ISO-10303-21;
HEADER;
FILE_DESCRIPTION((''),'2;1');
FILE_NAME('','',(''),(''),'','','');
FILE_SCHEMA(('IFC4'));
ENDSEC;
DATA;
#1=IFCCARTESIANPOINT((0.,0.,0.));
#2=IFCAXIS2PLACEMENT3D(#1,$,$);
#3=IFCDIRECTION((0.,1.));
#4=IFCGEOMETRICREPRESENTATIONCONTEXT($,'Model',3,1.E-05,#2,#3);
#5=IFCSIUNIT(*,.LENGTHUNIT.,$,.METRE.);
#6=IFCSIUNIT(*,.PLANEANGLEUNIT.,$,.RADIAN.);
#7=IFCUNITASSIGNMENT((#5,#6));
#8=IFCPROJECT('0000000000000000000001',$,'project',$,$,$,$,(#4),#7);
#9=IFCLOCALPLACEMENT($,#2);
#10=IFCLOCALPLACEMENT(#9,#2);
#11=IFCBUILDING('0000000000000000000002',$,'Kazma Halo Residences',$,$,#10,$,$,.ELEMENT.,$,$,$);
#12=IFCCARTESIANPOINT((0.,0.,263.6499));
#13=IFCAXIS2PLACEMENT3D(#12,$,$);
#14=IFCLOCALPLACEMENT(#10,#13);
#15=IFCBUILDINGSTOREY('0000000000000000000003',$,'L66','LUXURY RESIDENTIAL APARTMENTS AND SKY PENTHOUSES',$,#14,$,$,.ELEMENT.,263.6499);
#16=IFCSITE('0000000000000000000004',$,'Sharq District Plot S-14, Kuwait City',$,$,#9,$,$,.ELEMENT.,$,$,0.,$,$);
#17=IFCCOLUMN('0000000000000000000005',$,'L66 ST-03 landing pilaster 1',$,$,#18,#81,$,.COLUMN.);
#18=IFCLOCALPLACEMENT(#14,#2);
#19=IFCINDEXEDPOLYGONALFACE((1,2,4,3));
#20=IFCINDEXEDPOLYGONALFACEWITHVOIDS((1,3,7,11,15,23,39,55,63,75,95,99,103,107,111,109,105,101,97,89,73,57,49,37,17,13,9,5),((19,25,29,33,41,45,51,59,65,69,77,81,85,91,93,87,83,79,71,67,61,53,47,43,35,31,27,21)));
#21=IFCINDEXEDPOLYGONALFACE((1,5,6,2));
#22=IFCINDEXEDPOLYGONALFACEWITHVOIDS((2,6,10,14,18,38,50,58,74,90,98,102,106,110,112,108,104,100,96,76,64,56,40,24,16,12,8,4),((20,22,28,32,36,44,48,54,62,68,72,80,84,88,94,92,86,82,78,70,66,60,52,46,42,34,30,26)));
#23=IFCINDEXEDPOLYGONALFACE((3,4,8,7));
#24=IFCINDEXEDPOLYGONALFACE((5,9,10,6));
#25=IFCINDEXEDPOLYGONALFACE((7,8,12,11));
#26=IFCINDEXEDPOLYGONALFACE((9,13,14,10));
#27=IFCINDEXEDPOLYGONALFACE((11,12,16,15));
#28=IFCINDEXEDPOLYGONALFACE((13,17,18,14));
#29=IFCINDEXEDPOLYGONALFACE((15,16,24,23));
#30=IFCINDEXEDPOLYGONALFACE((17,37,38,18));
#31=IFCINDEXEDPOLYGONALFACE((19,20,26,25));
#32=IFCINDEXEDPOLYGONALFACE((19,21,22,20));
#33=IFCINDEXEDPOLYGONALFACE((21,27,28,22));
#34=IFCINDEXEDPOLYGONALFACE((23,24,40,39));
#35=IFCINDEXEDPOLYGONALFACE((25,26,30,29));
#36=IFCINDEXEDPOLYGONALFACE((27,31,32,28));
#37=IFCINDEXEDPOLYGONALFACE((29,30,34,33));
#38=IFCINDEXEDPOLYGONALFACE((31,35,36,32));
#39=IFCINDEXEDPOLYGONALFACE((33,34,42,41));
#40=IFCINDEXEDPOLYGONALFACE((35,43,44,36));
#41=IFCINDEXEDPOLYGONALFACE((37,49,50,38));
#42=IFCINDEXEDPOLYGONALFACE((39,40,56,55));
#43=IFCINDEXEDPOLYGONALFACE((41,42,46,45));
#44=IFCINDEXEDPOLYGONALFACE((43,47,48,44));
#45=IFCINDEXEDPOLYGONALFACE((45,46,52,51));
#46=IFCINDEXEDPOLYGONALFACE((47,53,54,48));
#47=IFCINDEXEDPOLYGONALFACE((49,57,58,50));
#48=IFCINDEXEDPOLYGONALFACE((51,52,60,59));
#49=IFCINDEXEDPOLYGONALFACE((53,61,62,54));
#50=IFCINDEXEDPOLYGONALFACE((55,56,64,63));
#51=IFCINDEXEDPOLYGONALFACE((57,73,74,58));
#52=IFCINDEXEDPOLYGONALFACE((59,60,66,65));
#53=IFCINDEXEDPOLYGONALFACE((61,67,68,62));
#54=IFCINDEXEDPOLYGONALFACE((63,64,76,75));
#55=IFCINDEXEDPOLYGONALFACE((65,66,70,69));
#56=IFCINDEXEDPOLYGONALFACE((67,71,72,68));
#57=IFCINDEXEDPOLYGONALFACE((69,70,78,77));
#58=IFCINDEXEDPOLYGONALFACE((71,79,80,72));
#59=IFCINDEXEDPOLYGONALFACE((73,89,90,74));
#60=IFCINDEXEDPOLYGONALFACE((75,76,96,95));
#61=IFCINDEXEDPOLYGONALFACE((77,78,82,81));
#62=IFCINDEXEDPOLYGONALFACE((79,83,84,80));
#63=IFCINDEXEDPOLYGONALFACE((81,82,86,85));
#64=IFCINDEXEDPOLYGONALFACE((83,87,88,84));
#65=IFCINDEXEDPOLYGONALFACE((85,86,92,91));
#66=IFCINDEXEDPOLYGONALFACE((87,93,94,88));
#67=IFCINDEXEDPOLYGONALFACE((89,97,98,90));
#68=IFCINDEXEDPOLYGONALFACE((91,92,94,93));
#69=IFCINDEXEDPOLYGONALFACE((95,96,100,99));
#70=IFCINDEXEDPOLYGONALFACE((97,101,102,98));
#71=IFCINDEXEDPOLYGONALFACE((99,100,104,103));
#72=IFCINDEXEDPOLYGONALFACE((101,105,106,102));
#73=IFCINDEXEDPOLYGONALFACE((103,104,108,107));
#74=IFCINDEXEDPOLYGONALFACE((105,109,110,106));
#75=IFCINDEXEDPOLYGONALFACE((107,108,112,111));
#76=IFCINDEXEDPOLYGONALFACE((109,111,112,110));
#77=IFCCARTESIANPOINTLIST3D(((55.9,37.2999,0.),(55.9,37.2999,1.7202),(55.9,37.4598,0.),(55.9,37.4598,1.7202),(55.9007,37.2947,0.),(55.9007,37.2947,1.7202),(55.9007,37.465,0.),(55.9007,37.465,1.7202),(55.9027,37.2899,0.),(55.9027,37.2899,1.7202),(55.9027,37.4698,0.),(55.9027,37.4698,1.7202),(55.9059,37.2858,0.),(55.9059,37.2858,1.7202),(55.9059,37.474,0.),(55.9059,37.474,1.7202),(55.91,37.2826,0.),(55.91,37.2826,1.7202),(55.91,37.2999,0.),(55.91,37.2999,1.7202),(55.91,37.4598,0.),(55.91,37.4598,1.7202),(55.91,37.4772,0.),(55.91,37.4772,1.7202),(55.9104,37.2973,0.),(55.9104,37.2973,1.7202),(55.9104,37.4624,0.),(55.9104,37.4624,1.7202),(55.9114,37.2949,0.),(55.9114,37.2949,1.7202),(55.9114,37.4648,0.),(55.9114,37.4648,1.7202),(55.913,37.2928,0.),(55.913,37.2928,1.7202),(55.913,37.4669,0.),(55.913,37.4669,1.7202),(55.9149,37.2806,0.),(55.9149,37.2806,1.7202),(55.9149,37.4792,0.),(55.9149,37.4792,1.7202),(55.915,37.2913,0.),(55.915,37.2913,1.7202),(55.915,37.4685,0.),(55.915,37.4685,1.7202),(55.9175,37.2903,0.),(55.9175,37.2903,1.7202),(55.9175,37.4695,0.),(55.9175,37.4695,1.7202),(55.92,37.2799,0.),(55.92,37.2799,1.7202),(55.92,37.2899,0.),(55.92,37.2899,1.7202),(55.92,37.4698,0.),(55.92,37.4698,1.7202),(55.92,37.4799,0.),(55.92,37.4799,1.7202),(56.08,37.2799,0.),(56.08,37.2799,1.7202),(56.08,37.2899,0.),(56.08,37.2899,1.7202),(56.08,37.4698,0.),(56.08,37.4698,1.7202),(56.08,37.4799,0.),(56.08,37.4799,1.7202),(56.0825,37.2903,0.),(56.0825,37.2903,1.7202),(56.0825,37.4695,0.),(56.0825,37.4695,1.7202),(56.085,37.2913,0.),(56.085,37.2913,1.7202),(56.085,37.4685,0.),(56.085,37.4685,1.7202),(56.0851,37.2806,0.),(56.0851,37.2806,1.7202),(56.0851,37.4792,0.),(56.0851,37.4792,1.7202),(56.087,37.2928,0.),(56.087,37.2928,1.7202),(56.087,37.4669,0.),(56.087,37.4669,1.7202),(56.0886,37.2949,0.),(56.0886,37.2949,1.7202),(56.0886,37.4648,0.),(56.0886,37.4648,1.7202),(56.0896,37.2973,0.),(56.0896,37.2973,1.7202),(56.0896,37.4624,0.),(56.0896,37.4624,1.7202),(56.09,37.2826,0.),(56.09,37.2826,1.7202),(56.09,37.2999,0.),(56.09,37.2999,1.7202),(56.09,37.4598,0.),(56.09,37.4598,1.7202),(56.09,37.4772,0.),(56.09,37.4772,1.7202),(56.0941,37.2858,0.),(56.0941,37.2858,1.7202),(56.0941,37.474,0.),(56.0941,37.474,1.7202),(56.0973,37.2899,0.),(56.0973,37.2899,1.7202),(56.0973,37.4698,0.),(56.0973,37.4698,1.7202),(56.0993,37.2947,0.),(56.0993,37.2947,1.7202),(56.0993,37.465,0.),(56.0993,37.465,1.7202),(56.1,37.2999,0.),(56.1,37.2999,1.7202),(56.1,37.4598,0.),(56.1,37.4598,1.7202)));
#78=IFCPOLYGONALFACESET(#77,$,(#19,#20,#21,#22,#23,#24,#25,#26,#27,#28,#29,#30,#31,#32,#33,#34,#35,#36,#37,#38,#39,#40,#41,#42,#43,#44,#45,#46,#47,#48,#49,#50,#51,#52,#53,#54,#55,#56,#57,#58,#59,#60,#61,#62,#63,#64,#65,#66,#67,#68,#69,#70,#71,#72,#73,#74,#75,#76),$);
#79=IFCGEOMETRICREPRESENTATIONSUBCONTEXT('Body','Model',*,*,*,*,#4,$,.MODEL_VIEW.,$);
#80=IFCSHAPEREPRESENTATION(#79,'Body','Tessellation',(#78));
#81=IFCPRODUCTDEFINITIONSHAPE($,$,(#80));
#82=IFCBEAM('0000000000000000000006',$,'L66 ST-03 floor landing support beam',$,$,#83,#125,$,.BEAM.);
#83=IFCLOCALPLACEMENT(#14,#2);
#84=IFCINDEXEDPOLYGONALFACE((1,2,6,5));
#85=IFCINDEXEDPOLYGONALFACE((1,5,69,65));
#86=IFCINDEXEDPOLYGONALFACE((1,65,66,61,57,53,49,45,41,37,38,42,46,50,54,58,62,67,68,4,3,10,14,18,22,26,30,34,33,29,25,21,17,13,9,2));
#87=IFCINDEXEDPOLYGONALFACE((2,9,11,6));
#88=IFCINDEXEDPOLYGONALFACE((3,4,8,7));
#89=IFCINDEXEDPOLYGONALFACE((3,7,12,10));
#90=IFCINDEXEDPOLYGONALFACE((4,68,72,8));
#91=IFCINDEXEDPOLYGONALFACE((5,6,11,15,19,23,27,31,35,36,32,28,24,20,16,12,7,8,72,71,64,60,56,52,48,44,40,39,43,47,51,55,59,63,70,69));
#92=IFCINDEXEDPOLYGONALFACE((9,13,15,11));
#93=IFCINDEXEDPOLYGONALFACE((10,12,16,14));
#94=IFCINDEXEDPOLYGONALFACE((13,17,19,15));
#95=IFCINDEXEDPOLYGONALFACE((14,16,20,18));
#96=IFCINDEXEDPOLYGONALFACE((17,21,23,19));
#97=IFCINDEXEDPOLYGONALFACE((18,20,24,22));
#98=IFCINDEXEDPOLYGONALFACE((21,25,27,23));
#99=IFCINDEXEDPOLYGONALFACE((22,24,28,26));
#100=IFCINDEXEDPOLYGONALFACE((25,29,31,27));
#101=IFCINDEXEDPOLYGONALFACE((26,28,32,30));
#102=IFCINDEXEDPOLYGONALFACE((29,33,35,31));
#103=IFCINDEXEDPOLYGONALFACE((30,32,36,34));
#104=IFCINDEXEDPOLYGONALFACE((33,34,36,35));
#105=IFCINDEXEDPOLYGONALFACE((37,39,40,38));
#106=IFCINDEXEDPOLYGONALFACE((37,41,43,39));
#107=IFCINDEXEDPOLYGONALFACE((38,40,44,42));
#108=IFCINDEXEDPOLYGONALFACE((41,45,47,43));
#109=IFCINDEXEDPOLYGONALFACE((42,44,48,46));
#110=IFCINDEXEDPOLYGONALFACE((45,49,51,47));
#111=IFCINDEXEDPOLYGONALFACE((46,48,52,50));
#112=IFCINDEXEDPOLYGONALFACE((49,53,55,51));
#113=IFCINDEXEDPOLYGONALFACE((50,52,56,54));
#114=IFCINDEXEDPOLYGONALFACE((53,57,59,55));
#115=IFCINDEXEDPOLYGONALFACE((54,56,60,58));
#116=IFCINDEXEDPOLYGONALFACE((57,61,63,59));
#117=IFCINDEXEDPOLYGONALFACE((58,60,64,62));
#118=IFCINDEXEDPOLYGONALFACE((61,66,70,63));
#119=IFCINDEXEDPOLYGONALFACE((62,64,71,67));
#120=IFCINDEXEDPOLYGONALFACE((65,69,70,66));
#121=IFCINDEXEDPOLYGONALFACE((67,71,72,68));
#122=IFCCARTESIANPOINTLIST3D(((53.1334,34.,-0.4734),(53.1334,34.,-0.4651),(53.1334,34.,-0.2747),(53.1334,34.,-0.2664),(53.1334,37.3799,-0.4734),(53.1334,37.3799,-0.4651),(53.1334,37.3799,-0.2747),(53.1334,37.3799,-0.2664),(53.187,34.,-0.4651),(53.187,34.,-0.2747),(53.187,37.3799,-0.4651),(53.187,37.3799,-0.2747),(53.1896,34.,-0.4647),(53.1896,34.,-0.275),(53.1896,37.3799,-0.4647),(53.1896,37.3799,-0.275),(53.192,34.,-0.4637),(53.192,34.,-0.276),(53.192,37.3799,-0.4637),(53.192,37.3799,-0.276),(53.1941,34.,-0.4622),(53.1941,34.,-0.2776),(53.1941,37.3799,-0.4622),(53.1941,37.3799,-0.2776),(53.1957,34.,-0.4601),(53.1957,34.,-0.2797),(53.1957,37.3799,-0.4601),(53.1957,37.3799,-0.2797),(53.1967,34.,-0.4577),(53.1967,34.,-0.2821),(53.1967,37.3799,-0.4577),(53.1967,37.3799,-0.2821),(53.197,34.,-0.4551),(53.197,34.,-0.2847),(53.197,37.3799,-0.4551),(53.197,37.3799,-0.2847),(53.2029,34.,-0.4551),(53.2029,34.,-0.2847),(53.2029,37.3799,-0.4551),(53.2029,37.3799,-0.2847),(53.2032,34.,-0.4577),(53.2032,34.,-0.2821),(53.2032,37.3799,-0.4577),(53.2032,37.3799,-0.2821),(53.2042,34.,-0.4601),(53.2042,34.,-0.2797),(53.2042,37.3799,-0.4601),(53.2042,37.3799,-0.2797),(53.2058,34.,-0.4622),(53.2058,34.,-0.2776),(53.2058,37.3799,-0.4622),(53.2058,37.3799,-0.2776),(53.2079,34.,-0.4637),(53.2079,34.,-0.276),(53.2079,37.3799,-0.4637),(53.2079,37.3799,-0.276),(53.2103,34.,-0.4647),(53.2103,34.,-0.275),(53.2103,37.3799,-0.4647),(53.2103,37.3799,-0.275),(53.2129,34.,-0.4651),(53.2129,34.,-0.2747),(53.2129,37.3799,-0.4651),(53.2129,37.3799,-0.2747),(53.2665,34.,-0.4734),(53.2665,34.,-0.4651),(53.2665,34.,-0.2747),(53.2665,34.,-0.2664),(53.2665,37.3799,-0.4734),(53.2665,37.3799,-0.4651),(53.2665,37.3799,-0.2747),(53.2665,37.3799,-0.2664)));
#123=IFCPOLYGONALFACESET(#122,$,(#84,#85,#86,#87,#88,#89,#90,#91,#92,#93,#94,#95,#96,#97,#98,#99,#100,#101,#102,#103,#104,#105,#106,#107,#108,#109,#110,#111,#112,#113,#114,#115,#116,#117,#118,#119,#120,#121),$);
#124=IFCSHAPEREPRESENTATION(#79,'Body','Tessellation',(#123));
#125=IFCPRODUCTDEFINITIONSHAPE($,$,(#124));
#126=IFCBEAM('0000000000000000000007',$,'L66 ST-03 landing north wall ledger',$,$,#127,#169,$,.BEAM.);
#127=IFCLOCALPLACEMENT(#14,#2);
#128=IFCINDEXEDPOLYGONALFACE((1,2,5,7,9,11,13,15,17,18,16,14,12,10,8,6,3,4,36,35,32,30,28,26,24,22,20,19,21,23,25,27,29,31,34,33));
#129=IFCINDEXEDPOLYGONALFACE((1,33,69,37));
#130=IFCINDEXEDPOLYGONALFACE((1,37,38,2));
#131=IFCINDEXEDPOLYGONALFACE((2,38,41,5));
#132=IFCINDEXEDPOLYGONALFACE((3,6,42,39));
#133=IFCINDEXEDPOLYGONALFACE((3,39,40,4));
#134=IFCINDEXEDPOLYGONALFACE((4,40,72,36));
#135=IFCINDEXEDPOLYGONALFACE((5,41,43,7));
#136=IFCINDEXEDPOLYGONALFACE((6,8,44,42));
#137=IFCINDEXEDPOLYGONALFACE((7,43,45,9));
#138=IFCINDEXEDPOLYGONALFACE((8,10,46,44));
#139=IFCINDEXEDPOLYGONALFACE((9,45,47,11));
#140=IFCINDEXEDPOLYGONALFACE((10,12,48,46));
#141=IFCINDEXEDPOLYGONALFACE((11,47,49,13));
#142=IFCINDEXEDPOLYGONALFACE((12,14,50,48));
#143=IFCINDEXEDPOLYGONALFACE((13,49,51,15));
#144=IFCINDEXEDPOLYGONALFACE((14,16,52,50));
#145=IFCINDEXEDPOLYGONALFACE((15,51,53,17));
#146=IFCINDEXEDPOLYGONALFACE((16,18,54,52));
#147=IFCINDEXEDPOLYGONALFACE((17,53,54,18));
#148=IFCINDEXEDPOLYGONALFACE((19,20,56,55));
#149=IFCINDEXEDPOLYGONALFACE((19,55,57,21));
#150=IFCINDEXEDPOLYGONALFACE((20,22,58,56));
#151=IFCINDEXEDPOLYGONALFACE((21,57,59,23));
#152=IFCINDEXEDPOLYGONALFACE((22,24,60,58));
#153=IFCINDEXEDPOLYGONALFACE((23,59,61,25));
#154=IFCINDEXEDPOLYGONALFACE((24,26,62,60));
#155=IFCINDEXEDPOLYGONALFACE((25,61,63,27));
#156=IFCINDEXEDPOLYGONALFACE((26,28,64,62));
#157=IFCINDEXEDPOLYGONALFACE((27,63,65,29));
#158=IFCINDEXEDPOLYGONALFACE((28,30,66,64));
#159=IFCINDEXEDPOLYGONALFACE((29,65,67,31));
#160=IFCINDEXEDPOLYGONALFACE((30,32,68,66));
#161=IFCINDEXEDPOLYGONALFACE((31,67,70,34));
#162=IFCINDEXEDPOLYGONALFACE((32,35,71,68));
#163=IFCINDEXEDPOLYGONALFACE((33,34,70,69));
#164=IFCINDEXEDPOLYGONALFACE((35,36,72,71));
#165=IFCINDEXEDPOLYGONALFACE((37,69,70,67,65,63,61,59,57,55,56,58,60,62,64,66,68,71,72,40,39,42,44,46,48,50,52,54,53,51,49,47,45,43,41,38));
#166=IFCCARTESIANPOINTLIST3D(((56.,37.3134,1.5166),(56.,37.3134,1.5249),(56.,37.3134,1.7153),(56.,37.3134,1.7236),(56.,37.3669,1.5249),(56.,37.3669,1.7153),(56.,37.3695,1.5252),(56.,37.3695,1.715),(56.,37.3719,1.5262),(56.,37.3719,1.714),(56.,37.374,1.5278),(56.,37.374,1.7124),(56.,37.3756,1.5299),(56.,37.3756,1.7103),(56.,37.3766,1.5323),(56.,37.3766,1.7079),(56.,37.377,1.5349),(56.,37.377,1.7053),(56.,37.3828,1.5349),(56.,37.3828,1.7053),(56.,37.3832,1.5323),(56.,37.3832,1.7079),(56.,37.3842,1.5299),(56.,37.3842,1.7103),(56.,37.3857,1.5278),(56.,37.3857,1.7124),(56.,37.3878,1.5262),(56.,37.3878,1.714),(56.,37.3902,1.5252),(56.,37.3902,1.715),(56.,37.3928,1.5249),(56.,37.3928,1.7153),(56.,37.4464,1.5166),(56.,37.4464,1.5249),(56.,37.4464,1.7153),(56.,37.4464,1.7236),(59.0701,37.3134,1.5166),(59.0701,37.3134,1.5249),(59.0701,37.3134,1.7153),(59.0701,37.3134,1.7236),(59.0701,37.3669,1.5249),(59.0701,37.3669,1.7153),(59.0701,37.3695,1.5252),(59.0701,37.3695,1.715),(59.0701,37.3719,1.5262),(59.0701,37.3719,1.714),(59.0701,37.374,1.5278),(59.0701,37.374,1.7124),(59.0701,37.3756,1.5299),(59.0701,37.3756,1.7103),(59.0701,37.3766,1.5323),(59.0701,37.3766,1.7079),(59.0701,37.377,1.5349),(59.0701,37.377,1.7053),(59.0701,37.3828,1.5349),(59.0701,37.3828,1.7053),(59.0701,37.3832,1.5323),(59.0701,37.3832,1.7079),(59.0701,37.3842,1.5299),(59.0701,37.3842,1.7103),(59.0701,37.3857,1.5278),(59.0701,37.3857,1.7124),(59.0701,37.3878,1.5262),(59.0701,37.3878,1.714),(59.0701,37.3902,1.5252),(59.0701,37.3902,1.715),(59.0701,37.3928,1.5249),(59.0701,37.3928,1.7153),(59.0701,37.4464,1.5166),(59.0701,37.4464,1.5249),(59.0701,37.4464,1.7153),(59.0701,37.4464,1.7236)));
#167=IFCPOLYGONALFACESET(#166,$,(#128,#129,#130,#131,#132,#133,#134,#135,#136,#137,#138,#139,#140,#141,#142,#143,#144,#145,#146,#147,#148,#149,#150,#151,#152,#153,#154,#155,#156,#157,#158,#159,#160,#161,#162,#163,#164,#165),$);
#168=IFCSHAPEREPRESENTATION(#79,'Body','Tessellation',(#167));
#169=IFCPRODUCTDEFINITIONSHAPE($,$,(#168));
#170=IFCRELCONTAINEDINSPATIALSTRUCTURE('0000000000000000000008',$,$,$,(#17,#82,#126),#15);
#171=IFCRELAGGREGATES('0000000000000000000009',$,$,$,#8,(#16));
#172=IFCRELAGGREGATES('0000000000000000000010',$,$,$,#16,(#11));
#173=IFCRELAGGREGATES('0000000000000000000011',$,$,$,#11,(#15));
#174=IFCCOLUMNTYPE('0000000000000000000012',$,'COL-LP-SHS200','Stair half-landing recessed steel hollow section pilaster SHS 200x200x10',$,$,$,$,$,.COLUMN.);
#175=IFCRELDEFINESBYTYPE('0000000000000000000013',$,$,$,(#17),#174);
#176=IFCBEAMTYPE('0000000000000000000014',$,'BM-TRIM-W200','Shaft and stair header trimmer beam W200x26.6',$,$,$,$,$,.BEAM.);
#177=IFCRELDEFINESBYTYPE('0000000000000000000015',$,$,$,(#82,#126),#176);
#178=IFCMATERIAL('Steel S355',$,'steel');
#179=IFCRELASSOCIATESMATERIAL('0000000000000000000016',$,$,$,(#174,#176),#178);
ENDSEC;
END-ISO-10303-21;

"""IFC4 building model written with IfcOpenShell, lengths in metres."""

from ifc_helpers import new_model, si_unit, direction, frame, origin, origin_2d, place, context, subcontext, project, spatial, hollow_rectangle, i_section, extrude, material, material_profile, profile_set, type_object, element, save


model = new_model("IFC4")

# Units and contexts
model_context = context("Model", 3, precision=1e-05, world=origin(), true_north=direction((0.0, 1.0)))
body_context = subcontext(model_context, "Body", "Model", "MODEL_VIEW")
ifc_project = project(units=[si_unit("LENGTHUNIT", "METRE"), si_unit("PLANEANGLEUNIT", "RADIAN")], contexts=[model_context])

# Site, building, storey
site_placement = place(None, origin())
site = spatial("IfcSite", under=ifc_project, at=site_placement, Name="Sharq District Plot S-14, Kuwait City", CompositionType="ELEMENT", RefElevation=0.0)
building_placement = place(site_placement, origin())
building = spatial("IfcBuilding", under=site, at=building_placement, Name="Kazma Halo Residences", CompositionType="ELEMENT")
storey_placement = place(building_placement, frame((0.0, 0.0, 263.6499)))
storey = spatial("IfcBuildingStorey", under=building, at=storey_placement, Name="L66", Description="LUXURY RESIDENTIAL APARTMENTS AND SKY PENTHOUSES", CompositionType="ELEMENT", Elevation=263.6499)

# Column
ifc_material_1 = material(Name="Steel S355", Category="steel")
ifc_material_profile_1 = material_profile(ifc_material_1, hollow_rectangle(XDim=0.2, YDim=0.2, WallThickness=0.01, InnerFilletRadius=0.01, OuterFilletRadius=0.02, at=origin_2d()), Name="SHS200x200x10")
ifc_profile_set_1 = profile_set([ifc_material_profile_1], Name="Steel S355")
column_type = type_object("IfcColumnType", Name="COL-LP-SHS200", Description="Stair half-landing recessed steel hollow section pilaster SHS 200x200x10", PredefinedType="COLUMN", material=ifc_profile_set_1)
column_placement = place(storey_placement, frame((56.0, 37.3799, 0.0), z_axis=(0.0, 0.0, 1.0), x_axis=(1.0, 0.0, 0.0)))
element("IfcColumn", 1, at=column_placement, inside=storey, type_object=column_type, Name="L66 ST-03 landing pilaster 1", PredefinedType="COLUMN", context=body_context, shape_type="SweptSolid", body=[
    extrude(hollow_rectangle(XDim=0.2, YDim=0.2, WallThickness=0.01, InnerFilletRadius=0.01, OuterFilletRadius=0.02, at=origin_2d()), origin(), (0.0, 0.0, 1.0), 1.7202),
])

# Beams
ifc_material_profile_2 = material_profile(ifc_material_1, i_section(OverallWidth=0.1331, OverallDepth=0.207, WebThickness=0.0059, FlangeThickness=0.0083, FilletRadius=0.01, at=origin_2d()), Name="W200x26.6")
ifc_profile_set_2 = profile_set([ifc_material_profile_2], Name="Steel S355")
beam_type = type_object("IfcBeamType", Name="BM-TRIM-W200", Description="Shaft and stair header trimmer beam W200x26.6", PredefinedType="BEAM", material=ifc_profile_set_2)
beam_1_placement = place(storey_placement, frame((53.2, 34.0, -0.3699), z_axis=(0.0, 1.0, 0.0), x_axis=(-1.0, 0.0, 0.0)))
element("IfcBeam", 2, at=beam_1_placement, inside=storey, type_object=beam_type, Name="L66 ST-03 floor landing support beam", PredefinedType="BEAM", context=body_context, shape_type="SweptSolid", body=[
    extrude(i_section(OverallWidth=0.1331, OverallDepth=0.207, WebThickness=0.0059, FlangeThickness=0.0083, FilletRadius=0.01, at=origin_2d()), origin(), (0.0, 0.0, 1.0), 3.3799),
])
beam_2_placement = place(storey_placement, frame((56.0, 37.3799, 1.6201), z_axis=(1.0, 0.0, 0.0), x_axis=(0.0, 1.0, 0.0)))
element("IfcBeam", 3, at=beam_2_placement, inside=storey, type_object=beam_type, Name="L66 ST-03 landing north wall ledger", PredefinedType="BEAM", context=body_context, shape_type="SweptSolid", body=[
    extrude(i_section(OverallWidth=0.1331, OverallDepth=0.207, WebThickness=0.0059, FlangeThickness=0.0083, FilletRadius=0.01, at=origin_2d()), origin(), (0.0, 0.0, 1.0), 3.0701),
])

save(model, "model.ifc")
